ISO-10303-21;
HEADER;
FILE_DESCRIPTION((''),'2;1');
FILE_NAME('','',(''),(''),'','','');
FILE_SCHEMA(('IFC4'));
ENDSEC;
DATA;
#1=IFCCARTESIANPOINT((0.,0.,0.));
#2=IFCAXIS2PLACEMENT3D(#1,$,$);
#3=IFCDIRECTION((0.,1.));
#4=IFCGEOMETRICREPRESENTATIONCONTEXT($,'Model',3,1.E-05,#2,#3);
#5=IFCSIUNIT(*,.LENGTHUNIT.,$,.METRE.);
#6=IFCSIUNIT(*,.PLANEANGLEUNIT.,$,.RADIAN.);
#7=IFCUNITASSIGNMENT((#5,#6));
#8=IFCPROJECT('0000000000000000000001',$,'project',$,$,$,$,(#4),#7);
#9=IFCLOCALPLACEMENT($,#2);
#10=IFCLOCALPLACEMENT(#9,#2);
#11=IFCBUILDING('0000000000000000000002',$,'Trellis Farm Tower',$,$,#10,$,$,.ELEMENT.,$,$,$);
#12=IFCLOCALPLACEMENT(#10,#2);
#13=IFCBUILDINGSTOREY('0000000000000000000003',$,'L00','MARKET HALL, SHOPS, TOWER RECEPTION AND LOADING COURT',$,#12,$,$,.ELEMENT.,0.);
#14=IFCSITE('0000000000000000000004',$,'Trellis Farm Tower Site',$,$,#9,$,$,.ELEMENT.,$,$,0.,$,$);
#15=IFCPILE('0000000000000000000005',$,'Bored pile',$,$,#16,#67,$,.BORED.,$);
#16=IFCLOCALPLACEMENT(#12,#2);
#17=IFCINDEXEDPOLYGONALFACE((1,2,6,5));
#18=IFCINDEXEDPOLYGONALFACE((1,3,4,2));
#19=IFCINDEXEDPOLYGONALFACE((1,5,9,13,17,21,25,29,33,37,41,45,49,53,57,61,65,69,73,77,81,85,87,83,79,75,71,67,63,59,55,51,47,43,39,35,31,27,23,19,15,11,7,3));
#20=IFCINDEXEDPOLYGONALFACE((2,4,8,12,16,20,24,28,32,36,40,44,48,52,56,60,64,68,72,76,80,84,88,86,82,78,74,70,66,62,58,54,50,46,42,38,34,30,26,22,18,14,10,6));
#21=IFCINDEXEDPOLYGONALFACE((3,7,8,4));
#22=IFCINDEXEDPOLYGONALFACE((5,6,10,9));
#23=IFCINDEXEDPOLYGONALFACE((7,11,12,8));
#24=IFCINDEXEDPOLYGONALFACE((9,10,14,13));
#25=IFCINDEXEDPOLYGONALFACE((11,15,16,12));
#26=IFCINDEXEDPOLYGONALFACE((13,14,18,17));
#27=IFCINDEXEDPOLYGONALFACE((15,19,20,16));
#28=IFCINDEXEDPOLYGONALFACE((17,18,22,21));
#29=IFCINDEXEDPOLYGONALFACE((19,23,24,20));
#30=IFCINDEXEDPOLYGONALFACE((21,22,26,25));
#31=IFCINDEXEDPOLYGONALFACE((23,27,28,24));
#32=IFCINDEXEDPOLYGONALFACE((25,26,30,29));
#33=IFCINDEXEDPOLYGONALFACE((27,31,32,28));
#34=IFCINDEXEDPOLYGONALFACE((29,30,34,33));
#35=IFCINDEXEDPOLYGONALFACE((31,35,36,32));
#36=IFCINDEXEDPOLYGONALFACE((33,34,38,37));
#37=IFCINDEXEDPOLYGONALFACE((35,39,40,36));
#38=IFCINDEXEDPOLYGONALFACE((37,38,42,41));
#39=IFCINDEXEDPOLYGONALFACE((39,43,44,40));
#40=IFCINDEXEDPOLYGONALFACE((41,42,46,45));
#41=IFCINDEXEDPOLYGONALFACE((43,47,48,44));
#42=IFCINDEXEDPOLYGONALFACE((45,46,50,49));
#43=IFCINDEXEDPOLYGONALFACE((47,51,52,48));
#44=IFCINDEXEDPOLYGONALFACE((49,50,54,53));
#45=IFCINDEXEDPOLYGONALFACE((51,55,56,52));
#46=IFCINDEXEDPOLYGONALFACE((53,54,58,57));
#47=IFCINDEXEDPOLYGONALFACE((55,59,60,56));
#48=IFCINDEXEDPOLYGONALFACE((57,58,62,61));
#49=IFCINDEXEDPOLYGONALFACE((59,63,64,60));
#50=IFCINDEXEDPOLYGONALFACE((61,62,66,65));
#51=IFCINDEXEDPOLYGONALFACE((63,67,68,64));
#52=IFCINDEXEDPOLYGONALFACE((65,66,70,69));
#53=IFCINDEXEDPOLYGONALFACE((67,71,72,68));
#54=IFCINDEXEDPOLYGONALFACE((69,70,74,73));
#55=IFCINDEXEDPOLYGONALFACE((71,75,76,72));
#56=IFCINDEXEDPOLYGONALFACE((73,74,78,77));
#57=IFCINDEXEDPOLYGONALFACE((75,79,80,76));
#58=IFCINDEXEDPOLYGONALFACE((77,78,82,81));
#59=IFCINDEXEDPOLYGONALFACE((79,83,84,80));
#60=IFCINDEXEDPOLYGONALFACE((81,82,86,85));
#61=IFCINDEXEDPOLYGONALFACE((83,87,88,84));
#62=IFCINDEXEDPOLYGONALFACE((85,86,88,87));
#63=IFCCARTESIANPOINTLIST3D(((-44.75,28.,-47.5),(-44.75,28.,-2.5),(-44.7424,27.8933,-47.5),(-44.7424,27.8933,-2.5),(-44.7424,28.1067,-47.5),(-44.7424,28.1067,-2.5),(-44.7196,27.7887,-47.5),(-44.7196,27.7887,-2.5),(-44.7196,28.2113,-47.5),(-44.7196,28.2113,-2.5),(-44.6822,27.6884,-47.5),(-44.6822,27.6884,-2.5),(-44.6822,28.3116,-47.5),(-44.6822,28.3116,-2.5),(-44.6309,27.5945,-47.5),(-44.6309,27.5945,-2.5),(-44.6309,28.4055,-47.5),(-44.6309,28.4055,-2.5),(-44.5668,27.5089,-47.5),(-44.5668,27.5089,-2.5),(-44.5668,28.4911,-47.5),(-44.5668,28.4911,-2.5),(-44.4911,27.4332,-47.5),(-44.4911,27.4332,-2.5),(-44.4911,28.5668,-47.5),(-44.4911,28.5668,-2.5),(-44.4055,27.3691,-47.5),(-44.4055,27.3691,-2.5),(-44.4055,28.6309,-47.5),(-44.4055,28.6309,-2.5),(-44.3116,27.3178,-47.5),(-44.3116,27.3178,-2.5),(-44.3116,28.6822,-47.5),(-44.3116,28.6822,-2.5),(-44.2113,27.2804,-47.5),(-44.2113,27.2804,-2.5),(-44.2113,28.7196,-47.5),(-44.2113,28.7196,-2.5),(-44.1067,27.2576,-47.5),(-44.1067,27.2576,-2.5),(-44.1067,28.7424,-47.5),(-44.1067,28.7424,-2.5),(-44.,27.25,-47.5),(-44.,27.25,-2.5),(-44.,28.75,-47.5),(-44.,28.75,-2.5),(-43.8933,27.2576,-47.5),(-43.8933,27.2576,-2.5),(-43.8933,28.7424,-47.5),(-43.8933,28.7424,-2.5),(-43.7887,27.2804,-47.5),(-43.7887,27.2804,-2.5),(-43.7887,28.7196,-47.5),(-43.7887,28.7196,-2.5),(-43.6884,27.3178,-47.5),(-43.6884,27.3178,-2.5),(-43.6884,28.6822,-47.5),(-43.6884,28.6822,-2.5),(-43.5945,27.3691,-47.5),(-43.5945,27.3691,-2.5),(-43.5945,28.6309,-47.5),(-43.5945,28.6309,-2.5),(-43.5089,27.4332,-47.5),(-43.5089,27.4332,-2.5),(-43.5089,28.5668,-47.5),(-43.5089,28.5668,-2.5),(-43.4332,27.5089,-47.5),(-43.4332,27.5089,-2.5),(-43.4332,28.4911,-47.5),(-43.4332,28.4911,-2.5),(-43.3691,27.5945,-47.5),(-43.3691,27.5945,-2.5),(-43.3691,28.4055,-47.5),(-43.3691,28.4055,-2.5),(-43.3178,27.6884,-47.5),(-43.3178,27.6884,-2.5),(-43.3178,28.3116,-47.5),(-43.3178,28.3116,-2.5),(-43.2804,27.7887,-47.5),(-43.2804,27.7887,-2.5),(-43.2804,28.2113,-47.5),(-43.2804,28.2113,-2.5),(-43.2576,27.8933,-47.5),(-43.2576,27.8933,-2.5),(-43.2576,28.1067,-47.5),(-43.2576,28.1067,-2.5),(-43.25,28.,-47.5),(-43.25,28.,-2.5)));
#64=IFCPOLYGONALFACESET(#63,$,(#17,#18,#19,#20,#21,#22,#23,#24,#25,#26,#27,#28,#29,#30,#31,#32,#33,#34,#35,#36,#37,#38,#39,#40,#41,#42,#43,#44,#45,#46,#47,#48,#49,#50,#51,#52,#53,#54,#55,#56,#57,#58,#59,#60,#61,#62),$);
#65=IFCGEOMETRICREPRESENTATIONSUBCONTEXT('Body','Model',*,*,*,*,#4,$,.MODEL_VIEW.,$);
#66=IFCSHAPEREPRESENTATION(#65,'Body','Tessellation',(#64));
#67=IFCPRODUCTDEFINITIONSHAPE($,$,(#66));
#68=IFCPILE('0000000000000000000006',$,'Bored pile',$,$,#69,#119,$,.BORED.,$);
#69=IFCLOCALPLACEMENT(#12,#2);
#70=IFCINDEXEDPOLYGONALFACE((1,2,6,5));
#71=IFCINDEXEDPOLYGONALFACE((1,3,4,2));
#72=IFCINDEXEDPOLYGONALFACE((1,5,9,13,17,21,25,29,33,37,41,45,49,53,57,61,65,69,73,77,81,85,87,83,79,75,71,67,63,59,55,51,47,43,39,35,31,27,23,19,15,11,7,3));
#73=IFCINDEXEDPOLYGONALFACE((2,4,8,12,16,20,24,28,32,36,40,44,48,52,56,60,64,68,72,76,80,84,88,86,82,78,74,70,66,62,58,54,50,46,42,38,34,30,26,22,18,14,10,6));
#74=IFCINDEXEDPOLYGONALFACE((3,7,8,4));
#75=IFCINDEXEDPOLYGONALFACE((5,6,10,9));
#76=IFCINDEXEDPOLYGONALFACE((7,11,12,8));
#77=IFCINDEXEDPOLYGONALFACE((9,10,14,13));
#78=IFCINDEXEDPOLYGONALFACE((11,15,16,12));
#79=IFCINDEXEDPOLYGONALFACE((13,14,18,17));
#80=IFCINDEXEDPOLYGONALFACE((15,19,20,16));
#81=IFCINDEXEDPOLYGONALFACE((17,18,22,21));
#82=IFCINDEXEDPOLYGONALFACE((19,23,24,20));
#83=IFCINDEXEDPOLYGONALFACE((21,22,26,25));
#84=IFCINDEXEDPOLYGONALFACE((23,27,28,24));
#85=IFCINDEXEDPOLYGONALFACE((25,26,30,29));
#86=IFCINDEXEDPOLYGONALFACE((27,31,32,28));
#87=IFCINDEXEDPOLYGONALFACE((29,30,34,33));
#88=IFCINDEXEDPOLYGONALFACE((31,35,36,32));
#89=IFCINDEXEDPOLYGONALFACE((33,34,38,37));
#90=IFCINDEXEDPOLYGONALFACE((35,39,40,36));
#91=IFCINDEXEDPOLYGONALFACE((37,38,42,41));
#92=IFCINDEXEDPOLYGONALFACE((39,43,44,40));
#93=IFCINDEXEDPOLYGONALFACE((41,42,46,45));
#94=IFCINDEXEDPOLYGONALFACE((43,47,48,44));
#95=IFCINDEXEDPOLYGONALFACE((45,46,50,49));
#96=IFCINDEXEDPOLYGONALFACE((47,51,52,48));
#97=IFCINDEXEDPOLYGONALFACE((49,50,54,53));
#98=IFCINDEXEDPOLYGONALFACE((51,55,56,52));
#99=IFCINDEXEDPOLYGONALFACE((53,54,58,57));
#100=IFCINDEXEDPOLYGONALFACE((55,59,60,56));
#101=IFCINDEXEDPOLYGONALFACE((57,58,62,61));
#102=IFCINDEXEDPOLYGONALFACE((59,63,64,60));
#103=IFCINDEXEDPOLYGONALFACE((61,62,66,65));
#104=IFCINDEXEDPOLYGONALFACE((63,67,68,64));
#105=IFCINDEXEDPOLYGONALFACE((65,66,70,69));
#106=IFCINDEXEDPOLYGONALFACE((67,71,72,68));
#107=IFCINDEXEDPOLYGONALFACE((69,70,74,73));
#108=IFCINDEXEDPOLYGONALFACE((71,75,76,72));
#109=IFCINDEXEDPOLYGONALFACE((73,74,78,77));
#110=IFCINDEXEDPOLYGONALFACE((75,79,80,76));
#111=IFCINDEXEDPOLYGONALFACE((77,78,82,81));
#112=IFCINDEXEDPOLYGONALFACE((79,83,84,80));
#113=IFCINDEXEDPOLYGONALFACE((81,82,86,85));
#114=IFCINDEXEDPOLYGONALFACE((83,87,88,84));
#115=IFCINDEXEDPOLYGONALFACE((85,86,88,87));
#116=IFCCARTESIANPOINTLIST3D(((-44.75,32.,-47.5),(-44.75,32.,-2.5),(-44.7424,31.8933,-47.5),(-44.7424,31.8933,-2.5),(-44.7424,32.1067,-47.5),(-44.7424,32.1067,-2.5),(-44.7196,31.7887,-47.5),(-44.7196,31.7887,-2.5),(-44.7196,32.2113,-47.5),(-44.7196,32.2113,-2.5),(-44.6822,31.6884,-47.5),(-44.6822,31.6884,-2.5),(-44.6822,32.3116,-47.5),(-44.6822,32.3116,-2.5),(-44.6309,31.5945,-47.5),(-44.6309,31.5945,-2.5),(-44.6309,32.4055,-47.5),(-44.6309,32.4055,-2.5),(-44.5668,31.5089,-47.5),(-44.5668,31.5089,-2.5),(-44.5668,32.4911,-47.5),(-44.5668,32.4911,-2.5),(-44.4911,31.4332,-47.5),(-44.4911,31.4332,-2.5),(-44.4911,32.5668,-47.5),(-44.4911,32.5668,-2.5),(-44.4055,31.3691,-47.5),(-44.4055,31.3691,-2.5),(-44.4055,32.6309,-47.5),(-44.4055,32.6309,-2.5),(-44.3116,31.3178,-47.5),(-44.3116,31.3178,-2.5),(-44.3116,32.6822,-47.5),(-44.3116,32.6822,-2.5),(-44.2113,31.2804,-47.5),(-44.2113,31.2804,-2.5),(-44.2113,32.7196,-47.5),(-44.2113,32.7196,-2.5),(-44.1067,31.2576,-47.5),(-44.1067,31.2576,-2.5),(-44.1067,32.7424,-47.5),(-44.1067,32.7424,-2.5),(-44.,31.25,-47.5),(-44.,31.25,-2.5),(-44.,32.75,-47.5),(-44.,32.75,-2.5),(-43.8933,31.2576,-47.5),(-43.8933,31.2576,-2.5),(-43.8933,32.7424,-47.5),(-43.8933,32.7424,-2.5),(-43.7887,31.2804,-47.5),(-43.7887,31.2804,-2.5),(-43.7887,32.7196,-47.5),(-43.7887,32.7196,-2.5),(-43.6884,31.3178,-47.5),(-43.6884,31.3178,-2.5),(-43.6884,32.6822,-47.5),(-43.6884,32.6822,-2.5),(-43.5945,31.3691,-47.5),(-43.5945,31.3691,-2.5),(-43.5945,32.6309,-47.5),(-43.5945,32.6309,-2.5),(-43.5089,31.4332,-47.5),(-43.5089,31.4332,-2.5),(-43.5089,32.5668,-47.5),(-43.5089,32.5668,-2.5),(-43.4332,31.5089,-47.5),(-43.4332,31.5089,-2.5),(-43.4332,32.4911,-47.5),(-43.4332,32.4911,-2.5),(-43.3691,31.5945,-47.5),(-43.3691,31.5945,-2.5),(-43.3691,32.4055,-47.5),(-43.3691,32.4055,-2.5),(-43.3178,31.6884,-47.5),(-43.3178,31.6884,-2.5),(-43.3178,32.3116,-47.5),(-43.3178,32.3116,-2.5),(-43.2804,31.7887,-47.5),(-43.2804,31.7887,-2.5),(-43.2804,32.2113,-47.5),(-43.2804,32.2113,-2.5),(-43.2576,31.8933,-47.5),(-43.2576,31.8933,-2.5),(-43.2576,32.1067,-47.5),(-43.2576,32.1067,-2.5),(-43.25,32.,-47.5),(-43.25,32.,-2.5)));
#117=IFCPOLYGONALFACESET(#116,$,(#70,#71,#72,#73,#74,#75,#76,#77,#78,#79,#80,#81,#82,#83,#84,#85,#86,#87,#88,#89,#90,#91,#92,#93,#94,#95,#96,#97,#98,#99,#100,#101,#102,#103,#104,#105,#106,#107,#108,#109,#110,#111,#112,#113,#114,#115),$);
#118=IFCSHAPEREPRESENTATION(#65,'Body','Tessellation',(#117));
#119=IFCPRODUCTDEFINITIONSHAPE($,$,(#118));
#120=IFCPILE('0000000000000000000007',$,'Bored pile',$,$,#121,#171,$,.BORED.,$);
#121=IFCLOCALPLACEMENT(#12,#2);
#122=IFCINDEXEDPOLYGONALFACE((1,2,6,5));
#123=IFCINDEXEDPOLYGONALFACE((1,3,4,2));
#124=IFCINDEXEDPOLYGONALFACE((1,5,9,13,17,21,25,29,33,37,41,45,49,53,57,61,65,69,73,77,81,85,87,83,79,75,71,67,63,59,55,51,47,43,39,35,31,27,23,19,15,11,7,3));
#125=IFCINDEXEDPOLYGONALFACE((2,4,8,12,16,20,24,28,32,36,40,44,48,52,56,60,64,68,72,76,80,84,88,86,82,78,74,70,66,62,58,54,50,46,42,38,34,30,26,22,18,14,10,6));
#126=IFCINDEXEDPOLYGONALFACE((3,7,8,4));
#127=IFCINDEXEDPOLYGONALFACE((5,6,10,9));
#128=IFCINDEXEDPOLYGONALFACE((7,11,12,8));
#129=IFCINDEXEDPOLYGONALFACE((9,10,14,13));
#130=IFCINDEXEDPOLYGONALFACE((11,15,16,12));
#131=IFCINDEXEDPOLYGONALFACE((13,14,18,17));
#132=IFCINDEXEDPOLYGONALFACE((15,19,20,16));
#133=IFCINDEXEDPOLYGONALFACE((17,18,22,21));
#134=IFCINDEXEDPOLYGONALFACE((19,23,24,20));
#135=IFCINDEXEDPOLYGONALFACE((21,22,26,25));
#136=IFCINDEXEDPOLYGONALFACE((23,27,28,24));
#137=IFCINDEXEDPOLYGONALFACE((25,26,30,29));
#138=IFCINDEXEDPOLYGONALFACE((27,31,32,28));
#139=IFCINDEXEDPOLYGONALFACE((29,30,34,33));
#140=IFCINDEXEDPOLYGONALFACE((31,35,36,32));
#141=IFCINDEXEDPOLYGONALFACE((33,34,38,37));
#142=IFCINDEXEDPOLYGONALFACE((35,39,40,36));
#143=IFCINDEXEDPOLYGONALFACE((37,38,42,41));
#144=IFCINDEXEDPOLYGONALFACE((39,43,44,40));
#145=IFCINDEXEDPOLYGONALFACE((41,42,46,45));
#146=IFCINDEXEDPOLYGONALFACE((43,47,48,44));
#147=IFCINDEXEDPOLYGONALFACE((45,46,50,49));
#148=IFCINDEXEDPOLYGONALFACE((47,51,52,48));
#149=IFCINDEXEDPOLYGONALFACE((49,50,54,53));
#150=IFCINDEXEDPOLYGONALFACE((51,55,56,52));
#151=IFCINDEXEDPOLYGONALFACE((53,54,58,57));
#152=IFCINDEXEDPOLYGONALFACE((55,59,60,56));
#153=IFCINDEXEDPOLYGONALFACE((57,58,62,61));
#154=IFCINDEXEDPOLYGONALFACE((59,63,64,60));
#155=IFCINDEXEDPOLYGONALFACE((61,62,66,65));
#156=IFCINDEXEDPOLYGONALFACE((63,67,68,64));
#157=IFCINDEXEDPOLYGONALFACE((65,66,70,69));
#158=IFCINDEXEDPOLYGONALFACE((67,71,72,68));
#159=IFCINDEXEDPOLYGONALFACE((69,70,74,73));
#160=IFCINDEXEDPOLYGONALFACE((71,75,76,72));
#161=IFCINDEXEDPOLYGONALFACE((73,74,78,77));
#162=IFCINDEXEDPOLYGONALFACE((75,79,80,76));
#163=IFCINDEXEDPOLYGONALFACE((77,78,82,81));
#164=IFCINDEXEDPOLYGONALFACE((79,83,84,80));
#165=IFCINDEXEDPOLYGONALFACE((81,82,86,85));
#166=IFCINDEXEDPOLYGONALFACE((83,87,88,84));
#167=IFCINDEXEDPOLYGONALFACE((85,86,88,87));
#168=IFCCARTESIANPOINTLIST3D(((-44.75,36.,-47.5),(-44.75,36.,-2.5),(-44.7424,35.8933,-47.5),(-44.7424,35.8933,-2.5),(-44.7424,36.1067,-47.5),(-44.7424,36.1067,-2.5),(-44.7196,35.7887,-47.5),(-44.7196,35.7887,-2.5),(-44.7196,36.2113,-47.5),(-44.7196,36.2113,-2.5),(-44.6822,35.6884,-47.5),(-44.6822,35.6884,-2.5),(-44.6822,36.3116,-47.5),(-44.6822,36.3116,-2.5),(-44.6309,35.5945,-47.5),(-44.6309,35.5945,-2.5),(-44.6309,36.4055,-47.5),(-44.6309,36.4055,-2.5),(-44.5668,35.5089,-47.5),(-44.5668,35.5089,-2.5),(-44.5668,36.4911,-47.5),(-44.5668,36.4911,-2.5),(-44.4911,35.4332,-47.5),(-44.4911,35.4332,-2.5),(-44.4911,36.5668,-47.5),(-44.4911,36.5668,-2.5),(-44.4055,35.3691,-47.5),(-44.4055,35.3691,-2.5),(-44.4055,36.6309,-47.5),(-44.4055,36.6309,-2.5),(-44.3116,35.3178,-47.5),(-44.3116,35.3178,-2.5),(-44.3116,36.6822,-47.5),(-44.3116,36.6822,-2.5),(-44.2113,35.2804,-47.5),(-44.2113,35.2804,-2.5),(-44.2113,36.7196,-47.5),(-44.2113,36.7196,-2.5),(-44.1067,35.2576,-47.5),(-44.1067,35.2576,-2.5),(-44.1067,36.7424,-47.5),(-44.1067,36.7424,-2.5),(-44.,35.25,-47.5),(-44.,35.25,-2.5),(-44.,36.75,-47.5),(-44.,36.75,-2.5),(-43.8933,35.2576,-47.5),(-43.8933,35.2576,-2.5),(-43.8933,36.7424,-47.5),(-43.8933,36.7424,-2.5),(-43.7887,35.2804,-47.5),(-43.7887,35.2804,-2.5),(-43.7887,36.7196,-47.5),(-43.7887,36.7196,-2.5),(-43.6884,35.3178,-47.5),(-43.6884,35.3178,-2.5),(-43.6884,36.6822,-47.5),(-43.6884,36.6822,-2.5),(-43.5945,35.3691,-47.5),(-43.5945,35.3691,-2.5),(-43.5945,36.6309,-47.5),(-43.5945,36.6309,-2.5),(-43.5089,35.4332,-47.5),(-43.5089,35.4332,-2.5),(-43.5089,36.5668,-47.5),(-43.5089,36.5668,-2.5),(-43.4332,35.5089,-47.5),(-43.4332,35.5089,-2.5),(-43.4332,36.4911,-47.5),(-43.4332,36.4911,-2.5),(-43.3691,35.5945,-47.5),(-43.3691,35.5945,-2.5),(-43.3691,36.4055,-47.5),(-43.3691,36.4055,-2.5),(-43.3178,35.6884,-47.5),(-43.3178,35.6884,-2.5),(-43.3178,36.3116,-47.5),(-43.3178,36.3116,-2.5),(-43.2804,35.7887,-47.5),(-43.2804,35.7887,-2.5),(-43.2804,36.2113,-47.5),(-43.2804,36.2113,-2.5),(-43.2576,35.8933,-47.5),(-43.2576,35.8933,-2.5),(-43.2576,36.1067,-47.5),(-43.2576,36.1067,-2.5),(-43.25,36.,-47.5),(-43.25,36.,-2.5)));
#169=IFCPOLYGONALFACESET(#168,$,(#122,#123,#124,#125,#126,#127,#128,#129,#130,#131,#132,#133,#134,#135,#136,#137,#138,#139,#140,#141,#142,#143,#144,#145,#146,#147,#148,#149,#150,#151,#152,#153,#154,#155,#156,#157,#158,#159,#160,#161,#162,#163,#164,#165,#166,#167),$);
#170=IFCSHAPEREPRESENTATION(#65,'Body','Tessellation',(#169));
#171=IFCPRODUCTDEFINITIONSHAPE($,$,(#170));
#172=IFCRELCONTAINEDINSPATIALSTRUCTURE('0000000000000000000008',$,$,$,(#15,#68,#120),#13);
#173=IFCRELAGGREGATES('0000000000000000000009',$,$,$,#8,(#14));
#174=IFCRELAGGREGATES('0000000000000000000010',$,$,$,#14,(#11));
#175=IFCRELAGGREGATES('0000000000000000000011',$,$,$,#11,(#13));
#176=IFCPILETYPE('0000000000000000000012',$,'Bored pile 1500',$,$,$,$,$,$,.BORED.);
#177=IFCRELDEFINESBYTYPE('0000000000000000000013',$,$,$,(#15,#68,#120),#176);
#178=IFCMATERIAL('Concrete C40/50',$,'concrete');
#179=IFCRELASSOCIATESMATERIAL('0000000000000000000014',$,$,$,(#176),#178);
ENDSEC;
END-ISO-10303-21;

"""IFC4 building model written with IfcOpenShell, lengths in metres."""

from ifc_helpers import new_model, si_unit, direction, frame, origin, origin_2d, place, context, subcontext, project, spatial, circle, extrude, source, transform, mapped, material, material_profile, profile_set, type_object, element, save


model = new_model("IFC4")

# Units and contexts
model_context = context("Model", 3, precision=1e-05, world=origin(), true_north=direction((0.0, 1.0)))
body_context = subcontext(model_context, "Body", "Model", "MODEL_VIEW")
ifc_project = project(units=[si_unit("LENGTHUNIT", "METRE"), si_unit("PLANEANGLEUNIT", "RADIAN")], contexts=[model_context])

# Site, building, storey
site_placement = place(None, origin())
site = spatial("IfcSite", under=ifc_project, at=site_placement, Name="Trellis Farm Tower Site", CompositionType="ELEMENT", RefElevation=0.0)
building_placement = place(site_placement, origin())
building = spatial("IfcBuilding", under=site, at=building_placement, Name="Trellis Farm Tower", CompositionType="ELEMENT")
storey_placement = place(building_placement, origin())
storey = spatial("IfcBuildingStorey", under=building, at=storey_placement, Name="L00", Description="MARKET HALL, SHOPS, TOWER RECEPTION AND LOADING COURT", CompositionType="ELEMENT", Elevation=0.0)

# Piles
ifc_material_1 = material(Name="Concrete C40/50", Category="concrete")
ifc_material_profile_1 = material_profile(ifc_material_1, circle(Radius=0.75, at=origin_2d()), Name="Bored pile 1500")
ifc_profile_set_1 = profile_set([ifc_material_profile_1], Name="Concrete C40/50")
pile_type = type_object("IfcPileType", Name="Bored pile 1500", PredefinedType="BORED", material=ifc_profile_set_1)
shared_shape_1 = source(origin(), body_context, "Body", "SweptSolid", [
    extrude(circle(Radius=0.75, at=origin_2d()), origin(), (0.0, 0.0, 1.0), 45.0),
])
for number, where, z_axis, x_axis, name in (
    (1, (-44.0, 28.0, -2.5), (0.0, 0.0, -1.0), (1.0, 0.0, 0.0), "Bored pile"),
    (2, (-44.0, 32.0, -2.5), (0.0, 0.0, -1.0), (1.0, 0.0, 0.0), "Bored pile"),
    (3, (-44.0, 36.0, -2.5), (0.0, 0.0, -1.0), (1.0, 0.0, 0.0), "Bored pile"),
):
    element("IfcPile", number, at=place(storey_placement, frame(where, z_axis=z_axis, x_axis=x_axis)), inside=storey, type_object=pile_type, Name=name, PredefinedType="BORED", context=body_context, shape_type="MappedRepresentation", body=[
        mapped(shared_shape_1, transform((0.0, 0.0, 0.0))),
    ])

save(model, "model.ifc")
